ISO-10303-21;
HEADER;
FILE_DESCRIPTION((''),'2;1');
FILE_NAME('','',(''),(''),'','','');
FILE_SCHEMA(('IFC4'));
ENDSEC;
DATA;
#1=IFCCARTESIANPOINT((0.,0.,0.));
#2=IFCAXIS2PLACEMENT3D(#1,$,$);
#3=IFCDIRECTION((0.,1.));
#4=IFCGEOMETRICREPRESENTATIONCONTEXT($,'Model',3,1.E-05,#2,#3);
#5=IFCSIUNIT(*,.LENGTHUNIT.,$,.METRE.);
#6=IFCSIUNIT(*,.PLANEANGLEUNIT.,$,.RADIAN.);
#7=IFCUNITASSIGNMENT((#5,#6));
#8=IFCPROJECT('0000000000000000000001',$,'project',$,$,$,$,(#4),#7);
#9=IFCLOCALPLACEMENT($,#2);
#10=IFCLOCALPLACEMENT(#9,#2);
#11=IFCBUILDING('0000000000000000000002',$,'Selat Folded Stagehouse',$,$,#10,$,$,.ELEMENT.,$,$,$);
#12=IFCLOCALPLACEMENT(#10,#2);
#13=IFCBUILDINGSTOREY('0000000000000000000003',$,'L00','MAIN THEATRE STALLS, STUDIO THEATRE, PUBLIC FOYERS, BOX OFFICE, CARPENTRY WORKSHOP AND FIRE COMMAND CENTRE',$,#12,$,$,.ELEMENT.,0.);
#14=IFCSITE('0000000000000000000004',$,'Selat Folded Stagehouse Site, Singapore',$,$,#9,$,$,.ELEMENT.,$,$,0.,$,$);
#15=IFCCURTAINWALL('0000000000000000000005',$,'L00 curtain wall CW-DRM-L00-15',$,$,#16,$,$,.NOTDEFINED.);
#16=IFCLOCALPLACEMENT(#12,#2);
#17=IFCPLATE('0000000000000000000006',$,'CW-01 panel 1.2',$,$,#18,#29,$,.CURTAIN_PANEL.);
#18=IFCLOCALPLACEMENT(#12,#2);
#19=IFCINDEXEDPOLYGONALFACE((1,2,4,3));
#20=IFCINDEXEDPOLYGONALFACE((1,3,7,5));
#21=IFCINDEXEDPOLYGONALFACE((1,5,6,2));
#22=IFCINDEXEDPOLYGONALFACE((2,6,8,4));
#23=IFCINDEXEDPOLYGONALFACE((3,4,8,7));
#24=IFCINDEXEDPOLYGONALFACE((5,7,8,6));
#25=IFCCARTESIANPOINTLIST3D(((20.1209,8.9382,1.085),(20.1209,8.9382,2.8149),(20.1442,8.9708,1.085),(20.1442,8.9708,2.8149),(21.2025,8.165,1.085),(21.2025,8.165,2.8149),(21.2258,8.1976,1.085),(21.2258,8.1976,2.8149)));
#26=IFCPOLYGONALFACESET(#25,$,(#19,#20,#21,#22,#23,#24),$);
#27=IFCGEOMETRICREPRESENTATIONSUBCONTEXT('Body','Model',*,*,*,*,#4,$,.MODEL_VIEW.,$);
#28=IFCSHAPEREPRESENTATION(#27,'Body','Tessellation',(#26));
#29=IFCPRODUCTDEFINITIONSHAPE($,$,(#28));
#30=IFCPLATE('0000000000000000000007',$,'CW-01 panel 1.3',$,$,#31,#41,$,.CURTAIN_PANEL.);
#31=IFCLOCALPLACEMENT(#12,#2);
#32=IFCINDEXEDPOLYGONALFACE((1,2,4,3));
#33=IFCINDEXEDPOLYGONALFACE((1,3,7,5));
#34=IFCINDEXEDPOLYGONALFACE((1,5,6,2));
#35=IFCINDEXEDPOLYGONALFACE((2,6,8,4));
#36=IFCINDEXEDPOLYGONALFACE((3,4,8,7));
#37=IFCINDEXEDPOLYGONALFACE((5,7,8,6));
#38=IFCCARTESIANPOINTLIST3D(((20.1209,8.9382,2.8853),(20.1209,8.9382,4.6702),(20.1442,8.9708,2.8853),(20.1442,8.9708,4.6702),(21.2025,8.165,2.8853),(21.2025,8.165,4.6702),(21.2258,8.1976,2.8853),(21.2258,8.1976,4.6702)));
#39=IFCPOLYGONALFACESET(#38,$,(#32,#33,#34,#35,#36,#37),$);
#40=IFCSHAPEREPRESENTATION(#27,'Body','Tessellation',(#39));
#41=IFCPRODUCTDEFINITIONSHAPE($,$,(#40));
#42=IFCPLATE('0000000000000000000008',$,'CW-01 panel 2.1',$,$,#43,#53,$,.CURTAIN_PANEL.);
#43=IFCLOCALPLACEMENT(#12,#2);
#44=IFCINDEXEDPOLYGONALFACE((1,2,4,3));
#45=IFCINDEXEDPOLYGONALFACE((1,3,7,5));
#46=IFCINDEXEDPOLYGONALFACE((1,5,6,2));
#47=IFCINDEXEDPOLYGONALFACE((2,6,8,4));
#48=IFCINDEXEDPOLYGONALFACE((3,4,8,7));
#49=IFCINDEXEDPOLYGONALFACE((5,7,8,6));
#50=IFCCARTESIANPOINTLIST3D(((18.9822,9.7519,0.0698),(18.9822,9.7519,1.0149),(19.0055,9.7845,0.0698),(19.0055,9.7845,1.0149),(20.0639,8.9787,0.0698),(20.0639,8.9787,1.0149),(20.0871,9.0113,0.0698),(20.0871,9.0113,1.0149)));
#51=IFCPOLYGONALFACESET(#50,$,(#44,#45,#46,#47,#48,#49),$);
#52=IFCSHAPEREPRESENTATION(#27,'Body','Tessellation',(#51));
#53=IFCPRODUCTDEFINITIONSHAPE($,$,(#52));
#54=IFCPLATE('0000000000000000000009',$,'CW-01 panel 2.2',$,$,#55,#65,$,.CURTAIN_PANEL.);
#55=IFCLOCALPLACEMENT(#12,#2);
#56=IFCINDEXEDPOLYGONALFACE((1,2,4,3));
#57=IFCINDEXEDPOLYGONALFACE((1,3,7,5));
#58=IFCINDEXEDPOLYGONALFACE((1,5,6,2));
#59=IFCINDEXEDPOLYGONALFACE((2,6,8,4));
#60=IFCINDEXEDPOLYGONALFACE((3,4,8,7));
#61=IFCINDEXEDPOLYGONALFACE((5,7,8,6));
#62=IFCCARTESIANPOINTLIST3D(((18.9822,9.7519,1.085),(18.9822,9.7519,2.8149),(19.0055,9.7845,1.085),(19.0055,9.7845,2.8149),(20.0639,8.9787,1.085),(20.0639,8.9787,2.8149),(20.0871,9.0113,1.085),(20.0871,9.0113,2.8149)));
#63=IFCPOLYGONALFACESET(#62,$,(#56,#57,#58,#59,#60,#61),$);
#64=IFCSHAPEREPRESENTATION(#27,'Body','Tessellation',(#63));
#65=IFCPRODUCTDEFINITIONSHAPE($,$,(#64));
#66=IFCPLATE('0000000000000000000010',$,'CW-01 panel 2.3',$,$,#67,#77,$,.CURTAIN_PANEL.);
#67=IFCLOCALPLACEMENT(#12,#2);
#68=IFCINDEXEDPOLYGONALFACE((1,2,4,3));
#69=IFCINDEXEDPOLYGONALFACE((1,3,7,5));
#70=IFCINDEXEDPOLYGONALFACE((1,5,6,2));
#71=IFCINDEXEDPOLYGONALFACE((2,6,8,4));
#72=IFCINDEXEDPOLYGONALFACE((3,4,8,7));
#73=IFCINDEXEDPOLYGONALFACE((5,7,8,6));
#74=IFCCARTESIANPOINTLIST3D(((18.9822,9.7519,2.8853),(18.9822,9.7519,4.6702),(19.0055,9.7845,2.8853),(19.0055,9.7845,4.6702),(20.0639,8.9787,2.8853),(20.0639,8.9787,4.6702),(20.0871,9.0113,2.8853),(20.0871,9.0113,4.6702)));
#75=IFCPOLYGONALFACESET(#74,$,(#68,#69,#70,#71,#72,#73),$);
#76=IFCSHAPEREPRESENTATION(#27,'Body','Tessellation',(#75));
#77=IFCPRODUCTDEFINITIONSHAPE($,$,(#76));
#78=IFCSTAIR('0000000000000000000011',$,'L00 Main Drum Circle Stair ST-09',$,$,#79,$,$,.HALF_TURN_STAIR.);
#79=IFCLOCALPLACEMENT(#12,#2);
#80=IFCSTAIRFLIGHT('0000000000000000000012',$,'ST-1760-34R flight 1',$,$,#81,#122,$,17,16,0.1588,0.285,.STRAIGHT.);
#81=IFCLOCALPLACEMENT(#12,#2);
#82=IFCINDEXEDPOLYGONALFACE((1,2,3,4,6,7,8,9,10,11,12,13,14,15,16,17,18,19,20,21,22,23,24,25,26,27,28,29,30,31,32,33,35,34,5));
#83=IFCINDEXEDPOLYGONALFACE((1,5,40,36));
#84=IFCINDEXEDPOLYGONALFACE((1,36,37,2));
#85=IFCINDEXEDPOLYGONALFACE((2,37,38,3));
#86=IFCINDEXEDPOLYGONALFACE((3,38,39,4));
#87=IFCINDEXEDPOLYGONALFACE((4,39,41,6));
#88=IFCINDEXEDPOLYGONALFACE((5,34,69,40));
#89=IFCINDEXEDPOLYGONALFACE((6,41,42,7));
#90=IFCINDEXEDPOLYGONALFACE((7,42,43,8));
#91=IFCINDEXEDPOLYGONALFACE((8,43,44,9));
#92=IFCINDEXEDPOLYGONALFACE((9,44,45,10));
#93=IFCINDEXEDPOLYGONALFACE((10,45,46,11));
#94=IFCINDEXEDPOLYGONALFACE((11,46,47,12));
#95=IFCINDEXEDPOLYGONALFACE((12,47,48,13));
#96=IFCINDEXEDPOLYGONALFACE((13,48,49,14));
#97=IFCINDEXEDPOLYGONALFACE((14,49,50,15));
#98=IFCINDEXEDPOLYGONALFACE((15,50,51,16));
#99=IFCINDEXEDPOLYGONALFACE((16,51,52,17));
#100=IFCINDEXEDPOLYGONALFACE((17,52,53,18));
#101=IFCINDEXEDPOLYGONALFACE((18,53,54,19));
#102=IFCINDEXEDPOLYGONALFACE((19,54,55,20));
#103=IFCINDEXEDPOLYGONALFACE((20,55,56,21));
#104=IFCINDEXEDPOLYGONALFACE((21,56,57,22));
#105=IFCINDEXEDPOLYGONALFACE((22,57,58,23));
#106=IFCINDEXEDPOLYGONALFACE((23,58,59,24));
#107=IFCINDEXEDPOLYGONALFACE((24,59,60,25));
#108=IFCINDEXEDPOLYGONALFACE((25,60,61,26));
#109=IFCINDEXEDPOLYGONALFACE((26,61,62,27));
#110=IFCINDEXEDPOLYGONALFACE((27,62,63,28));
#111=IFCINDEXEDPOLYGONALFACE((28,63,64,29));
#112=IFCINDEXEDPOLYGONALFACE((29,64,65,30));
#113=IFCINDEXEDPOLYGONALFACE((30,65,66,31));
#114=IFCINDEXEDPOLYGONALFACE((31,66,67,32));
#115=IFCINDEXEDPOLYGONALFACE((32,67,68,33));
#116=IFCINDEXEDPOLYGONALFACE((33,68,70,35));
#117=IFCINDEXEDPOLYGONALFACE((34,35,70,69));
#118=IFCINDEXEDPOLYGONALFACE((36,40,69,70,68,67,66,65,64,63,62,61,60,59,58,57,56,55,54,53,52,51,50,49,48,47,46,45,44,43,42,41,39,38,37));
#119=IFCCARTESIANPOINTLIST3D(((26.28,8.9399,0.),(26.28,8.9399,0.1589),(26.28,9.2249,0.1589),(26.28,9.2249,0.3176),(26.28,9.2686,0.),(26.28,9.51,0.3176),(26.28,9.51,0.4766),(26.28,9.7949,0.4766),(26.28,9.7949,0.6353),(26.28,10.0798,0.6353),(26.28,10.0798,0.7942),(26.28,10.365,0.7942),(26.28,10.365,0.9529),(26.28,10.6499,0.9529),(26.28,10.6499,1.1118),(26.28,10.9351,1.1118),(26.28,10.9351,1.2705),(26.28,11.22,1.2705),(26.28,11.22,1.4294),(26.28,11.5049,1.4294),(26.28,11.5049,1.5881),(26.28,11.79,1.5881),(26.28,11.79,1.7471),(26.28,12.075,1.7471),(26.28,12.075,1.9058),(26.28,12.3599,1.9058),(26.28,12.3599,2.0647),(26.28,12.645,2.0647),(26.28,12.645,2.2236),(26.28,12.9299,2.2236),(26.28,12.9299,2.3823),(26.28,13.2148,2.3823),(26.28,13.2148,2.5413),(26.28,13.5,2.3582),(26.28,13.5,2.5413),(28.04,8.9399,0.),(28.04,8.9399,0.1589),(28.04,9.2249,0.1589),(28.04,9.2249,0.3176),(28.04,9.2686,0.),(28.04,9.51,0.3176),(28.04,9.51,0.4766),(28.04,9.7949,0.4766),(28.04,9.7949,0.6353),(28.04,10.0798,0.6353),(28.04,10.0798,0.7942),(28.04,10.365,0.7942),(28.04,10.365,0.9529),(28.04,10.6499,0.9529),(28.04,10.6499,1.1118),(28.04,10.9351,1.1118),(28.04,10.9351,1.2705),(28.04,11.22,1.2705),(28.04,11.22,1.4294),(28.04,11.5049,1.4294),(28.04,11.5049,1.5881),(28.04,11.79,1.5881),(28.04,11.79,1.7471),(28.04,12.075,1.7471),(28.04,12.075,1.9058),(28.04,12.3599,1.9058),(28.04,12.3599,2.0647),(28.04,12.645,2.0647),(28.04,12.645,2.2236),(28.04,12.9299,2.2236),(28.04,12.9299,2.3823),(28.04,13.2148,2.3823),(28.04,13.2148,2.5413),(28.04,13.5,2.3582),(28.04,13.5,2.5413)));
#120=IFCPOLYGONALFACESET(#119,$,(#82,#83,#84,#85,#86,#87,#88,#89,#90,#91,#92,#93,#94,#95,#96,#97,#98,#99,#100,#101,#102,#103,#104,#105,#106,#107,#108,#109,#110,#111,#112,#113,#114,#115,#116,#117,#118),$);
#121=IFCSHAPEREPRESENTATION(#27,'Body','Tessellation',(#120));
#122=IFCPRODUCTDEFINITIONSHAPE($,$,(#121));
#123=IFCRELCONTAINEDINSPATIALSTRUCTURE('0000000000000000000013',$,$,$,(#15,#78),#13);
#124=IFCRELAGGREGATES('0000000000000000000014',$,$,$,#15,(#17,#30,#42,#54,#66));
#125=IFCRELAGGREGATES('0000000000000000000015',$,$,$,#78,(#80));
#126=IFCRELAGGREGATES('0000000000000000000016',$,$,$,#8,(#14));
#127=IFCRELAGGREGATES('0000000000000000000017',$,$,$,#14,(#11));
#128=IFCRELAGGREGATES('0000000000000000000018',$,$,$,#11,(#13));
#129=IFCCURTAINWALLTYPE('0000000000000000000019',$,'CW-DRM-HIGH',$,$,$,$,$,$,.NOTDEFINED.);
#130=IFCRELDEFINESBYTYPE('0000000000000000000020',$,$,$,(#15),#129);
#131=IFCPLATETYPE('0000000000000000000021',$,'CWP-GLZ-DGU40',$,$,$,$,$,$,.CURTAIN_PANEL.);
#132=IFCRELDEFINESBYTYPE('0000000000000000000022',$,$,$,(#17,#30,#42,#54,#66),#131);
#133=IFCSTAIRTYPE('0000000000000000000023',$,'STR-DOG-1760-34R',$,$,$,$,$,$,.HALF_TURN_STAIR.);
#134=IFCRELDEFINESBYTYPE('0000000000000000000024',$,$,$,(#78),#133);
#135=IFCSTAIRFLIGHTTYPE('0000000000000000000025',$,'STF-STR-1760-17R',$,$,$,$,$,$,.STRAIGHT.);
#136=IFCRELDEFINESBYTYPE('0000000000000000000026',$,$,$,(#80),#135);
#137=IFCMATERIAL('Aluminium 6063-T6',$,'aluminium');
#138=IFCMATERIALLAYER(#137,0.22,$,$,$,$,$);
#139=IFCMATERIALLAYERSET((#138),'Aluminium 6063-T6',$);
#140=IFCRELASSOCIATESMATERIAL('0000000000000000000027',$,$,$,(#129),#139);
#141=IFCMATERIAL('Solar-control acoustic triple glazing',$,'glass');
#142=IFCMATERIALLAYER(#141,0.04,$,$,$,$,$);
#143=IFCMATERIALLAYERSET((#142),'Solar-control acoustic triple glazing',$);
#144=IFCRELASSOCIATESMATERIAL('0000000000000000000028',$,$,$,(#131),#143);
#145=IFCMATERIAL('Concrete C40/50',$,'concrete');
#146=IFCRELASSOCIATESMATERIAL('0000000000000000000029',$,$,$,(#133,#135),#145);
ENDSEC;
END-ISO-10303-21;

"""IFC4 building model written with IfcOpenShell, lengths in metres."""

from ifc_helpers import new_model, si_unit, direction, frame, origin, origin_2d, place, context, subcontext, project, spatial, polyline, rectangle, outline, extrude, material, layer, layer_set, type_object, element, aggregate, save


model = new_model("IFC4")

# Units and contexts
model_context = context("Model", 3, precision=1e-05, world=origin(), true_north=direction((0.0, 1.0)))
body_context = subcontext(model_context, "Body", "Model", "MODEL_VIEW")
ifc_project = project(units=[si_unit("LENGTHUNIT", "METRE"), si_unit("PLANEANGLEUNIT", "RADIAN")], contexts=[model_context])

# Site, building, storey
site_placement = place(None, origin())
site = spatial("IfcSite", under=ifc_project, at=site_placement, Name="Selat Folded Stagehouse Site, Singapore", CompositionType="ELEMENT", RefElevation=0.0)
building_placement = place(site_placement, origin())
building = spatial("IfcBuilding", under=site, at=building_placement, Name="Selat Folded Stagehouse", CompositionType="ELEMENT")
storey_placement = place(building_placement, origin())
storey = spatial("IfcBuildingStorey", under=building, at=storey_placement, Name="L00", Description="MAIN THEATRE STALLS, STUDIO THEATRE, PUBLIC FOYERS, BOX OFFICE, CARPENTRY WORKSHOP AND FIRE COMMAND CENTRE", CompositionType="ELEMENT", Elevation=0.0)

# Shared definitions
ifc_material_1 = material(Name="Aluminium 6063-T6", Category="aluminium")
ifc_layer_1 = layer(ifc_material_1, 0.22)
ifc_layer_set_1 = layer_set([ifc_layer_1], Name="Aluminium 6063-T6")
curtain_wall_type = type_object("IfcCurtainWallType", Name="CW-DRM-HIGH", PredefinedType="NOTDEFINED", material=ifc_layer_set_1)

# Curtain wall
curtain_wall_1_placement = place(storey_placement, origin())
curtain_wall_1 = element("IfcCurtainWall", 1, at=curtain_wall_1_placement, inside=storey, type_object=curtain_wall_type, Name="L00 curtain wall CW-DRM-L00-15", PredefinedType="NOTDEFINED")

# Plates
ifc_material_2 = material(Name="Solar-control acoustic triple glazing", Category="glass")
ifc_layer_2 = layer(ifc_material_2, 0.04)
ifc_layer_set_2 = layer_set([ifc_layer_2], Name="Solar-control acoustic triple glazing")
plate_type = type_object("IfcPlateType", Name="CWP-GLZ-DGU40", PredefinedType="CURTAIN_PANEL", material=ifc_layer_set_2)
plate_1_placement = place(storey_placement, frame((20.6733, 8.5679, 1.085), z_axis=(0.0, 0.0, 1.0), x_axis=(-0.813526, 0.581528, 0.0)))
plate_1 = element("IfcPlate", 2, at=plate_1_placement, type_object=plate_type, Name="CW-01 panel 1.2", PredefinedType="CURTAIN_PANEL", context=body_context, shape_type="SweptSolid", body=[
    extrude(rectangle(XDim=1.3296, YDim=0.04, at=origin_2d()), origin(), (0.0, 0.0, 1.0), 1.73),
])
plate_2_placement = place(storey_placement, frame((20.6733, 8.5679, 2.8853), z_axis=(0.0, 0.0, 1.0), x_axis=(-0.813526, 0.581528, 0.0)))
plate_2 = element("IfcPlate", 3, at=plate_2_placement, type_object=plate_type, Name="CW-01 panel 1.3", PredefinedType="CURTAIN_PANEL", context=body_context, shape_type="SweptSolid", body=[
    extrude(rectangle(XDim=1.3296, YDim=0.04, at=origin_2d()), origin(), (0.0, 0.0, 1.0), 1.7849),
])
plate_3_placement = place(storey_placement, frame((19.5347, 9.3816, 0.0698), z_axis=(0.0, 0.0, 1.0), x_axis=(-0.813526, 0.581528, 0.0)))
plate_3 = element("IfcPlate", 4, at=plate_3_placement, type_object=plate_type, Name="CW-01 panel 2.1", PredefinedType="CURTAIN_PANEL", context=body_context, shape_type="SweptSolid", body=[
    extrude(rectangle(XDim=1.3296, YDim=0.04, at=origin_2d()), origin(), (0.0, 0.0, 1.0), 0.9451),
])
plate_4_placement = place(storey_placement, frame((19.5347, 9.3816, 1.085), z_axis=(0.0, 0.0, 1.0), x_axis=(-0.813526, 0.581528, 0.0)))
plate_4 = element("IfcPlate", 5, at=plate_4_placement, type_object=plate_type, Name="CW-01 panel 2.2", PredefinedType="CURTAIN_PANEL", context=body_context, shape_type="SweptSolid", body=[
    extrude(rectangle(XDim=1.3296, YDim=0.04, at=origin_2d()), origin(), (0.0, 0.0, 1.0), 1.73),
])
plate_5_placement = place(storey_placement, frame((19.5347, 9.3816, 2.8853), z_axis=(0.0, 0.0, 1.0), x_axis=(-0.813526, 0.581528, 0.0)))
plate_5 = element("IfcPlate", 6, at=plate_5_placement, type_object=plate_type, Name="CW-01 panel 2.3", PredefinedType="CURTAIN_PANEL", context=body_context, shape_type="SweptSolid", body=[
    extrude(rectangle(XDim=1.3296, YDim=0.04, at=origin_2d()), origin(), (0.0, 0.0, 1.0), 1.7849),
])
aggregate(curtain_wall_1, [plate_1, plate_2, plate_3, plate_4, plate_5])

# Stair, stair flight
ifc_material_3 = material(Name="Concrete C40/50", Category="concrete")
stair_type = type_object("IfcStairType", Name="STR-DOG-1760-34R", PredefinedType="HALF_TURN_STAIR", material=ifc_material_3)
stair_placement = place(storey_placement, origin())
stair = element("IfcStair", 7, at=stair_placement, inside=storey, type_object=stair_type, Name="L00 Main Drum Circle Stair ST-09", PredefinedType="HALF_TURN_STAIR")
stair_flight_type = type_object("IfcStairFlightType", Name="STF-STR-1760-17R", PredefinedType="STRAIGHT", material=ifc_material_3)
stair_flight_placement = place(storey_placement, frame((27.1599, 8.9399, 0.0), z_axis=(0.0, 0.0, 1.0), x_axis=(0.0, 1.0, 0.0)))
stair_flight = element("IfcStairFlight", 8, at=stair_flight_placement, type_object=stair_flight_type, Name="ST-1760-34R flight 1", NumberOfRisers=17, NumberOfTreads=16, PredefinedType="STRAIGHT", RiserHeight=0.1588, TreadLength=0.285, context=body_context, shape_type="SweptSolid", body=[
    extrude(outline(polyline([(0.0, 0.0), (0.0, 0.1589), (0.2849, 0.1589), (0.2849, 0.3176), (0.5701, 0.3176), (0.5701, 0.4766), (0.855, 0.4766), (0.855, 0.6353), (1.1399, 0.6353), (1.1399, 0.7942), (1.425, 0.7942), (1.425, 0.9529), (1.71, 0.9529), (1.71, 1.1118), (1.9951, 1.1118), (1.9951, 1.2705), (2.28, 1.2705), (2.28, 1.4294), (2.5649, 1.4294), (2.5649, 1.5881), (2.8501, 1.5881), (2.8501, 1.7471), (3.135, 1.7471), (3.135, 1.9058), (3.4199, 1.9058), (3.4199, 2.0647), (3.7051, 2.0647), (3.7051, 2.2236), (3.99, 2.2236), (3.99, 2.3823), (4.2749, 2.3823), (4.2749, 2.5413), (4.5601, 2.5413), (4.5601, 2.7), (4.5601, 2.3582), (0.3286, 0.0), (0.0, 0.0)])), frame((0.0, 0.8799, 0.0), z_axis=(0.0, -1.0, 0.0), x_axis=(1.0, 0.0, 0.0)), (0.0, 0.0, 1.0), 1.76),
])
aggregate(stair, [stair_flight])

save(model, "model.ifc")
